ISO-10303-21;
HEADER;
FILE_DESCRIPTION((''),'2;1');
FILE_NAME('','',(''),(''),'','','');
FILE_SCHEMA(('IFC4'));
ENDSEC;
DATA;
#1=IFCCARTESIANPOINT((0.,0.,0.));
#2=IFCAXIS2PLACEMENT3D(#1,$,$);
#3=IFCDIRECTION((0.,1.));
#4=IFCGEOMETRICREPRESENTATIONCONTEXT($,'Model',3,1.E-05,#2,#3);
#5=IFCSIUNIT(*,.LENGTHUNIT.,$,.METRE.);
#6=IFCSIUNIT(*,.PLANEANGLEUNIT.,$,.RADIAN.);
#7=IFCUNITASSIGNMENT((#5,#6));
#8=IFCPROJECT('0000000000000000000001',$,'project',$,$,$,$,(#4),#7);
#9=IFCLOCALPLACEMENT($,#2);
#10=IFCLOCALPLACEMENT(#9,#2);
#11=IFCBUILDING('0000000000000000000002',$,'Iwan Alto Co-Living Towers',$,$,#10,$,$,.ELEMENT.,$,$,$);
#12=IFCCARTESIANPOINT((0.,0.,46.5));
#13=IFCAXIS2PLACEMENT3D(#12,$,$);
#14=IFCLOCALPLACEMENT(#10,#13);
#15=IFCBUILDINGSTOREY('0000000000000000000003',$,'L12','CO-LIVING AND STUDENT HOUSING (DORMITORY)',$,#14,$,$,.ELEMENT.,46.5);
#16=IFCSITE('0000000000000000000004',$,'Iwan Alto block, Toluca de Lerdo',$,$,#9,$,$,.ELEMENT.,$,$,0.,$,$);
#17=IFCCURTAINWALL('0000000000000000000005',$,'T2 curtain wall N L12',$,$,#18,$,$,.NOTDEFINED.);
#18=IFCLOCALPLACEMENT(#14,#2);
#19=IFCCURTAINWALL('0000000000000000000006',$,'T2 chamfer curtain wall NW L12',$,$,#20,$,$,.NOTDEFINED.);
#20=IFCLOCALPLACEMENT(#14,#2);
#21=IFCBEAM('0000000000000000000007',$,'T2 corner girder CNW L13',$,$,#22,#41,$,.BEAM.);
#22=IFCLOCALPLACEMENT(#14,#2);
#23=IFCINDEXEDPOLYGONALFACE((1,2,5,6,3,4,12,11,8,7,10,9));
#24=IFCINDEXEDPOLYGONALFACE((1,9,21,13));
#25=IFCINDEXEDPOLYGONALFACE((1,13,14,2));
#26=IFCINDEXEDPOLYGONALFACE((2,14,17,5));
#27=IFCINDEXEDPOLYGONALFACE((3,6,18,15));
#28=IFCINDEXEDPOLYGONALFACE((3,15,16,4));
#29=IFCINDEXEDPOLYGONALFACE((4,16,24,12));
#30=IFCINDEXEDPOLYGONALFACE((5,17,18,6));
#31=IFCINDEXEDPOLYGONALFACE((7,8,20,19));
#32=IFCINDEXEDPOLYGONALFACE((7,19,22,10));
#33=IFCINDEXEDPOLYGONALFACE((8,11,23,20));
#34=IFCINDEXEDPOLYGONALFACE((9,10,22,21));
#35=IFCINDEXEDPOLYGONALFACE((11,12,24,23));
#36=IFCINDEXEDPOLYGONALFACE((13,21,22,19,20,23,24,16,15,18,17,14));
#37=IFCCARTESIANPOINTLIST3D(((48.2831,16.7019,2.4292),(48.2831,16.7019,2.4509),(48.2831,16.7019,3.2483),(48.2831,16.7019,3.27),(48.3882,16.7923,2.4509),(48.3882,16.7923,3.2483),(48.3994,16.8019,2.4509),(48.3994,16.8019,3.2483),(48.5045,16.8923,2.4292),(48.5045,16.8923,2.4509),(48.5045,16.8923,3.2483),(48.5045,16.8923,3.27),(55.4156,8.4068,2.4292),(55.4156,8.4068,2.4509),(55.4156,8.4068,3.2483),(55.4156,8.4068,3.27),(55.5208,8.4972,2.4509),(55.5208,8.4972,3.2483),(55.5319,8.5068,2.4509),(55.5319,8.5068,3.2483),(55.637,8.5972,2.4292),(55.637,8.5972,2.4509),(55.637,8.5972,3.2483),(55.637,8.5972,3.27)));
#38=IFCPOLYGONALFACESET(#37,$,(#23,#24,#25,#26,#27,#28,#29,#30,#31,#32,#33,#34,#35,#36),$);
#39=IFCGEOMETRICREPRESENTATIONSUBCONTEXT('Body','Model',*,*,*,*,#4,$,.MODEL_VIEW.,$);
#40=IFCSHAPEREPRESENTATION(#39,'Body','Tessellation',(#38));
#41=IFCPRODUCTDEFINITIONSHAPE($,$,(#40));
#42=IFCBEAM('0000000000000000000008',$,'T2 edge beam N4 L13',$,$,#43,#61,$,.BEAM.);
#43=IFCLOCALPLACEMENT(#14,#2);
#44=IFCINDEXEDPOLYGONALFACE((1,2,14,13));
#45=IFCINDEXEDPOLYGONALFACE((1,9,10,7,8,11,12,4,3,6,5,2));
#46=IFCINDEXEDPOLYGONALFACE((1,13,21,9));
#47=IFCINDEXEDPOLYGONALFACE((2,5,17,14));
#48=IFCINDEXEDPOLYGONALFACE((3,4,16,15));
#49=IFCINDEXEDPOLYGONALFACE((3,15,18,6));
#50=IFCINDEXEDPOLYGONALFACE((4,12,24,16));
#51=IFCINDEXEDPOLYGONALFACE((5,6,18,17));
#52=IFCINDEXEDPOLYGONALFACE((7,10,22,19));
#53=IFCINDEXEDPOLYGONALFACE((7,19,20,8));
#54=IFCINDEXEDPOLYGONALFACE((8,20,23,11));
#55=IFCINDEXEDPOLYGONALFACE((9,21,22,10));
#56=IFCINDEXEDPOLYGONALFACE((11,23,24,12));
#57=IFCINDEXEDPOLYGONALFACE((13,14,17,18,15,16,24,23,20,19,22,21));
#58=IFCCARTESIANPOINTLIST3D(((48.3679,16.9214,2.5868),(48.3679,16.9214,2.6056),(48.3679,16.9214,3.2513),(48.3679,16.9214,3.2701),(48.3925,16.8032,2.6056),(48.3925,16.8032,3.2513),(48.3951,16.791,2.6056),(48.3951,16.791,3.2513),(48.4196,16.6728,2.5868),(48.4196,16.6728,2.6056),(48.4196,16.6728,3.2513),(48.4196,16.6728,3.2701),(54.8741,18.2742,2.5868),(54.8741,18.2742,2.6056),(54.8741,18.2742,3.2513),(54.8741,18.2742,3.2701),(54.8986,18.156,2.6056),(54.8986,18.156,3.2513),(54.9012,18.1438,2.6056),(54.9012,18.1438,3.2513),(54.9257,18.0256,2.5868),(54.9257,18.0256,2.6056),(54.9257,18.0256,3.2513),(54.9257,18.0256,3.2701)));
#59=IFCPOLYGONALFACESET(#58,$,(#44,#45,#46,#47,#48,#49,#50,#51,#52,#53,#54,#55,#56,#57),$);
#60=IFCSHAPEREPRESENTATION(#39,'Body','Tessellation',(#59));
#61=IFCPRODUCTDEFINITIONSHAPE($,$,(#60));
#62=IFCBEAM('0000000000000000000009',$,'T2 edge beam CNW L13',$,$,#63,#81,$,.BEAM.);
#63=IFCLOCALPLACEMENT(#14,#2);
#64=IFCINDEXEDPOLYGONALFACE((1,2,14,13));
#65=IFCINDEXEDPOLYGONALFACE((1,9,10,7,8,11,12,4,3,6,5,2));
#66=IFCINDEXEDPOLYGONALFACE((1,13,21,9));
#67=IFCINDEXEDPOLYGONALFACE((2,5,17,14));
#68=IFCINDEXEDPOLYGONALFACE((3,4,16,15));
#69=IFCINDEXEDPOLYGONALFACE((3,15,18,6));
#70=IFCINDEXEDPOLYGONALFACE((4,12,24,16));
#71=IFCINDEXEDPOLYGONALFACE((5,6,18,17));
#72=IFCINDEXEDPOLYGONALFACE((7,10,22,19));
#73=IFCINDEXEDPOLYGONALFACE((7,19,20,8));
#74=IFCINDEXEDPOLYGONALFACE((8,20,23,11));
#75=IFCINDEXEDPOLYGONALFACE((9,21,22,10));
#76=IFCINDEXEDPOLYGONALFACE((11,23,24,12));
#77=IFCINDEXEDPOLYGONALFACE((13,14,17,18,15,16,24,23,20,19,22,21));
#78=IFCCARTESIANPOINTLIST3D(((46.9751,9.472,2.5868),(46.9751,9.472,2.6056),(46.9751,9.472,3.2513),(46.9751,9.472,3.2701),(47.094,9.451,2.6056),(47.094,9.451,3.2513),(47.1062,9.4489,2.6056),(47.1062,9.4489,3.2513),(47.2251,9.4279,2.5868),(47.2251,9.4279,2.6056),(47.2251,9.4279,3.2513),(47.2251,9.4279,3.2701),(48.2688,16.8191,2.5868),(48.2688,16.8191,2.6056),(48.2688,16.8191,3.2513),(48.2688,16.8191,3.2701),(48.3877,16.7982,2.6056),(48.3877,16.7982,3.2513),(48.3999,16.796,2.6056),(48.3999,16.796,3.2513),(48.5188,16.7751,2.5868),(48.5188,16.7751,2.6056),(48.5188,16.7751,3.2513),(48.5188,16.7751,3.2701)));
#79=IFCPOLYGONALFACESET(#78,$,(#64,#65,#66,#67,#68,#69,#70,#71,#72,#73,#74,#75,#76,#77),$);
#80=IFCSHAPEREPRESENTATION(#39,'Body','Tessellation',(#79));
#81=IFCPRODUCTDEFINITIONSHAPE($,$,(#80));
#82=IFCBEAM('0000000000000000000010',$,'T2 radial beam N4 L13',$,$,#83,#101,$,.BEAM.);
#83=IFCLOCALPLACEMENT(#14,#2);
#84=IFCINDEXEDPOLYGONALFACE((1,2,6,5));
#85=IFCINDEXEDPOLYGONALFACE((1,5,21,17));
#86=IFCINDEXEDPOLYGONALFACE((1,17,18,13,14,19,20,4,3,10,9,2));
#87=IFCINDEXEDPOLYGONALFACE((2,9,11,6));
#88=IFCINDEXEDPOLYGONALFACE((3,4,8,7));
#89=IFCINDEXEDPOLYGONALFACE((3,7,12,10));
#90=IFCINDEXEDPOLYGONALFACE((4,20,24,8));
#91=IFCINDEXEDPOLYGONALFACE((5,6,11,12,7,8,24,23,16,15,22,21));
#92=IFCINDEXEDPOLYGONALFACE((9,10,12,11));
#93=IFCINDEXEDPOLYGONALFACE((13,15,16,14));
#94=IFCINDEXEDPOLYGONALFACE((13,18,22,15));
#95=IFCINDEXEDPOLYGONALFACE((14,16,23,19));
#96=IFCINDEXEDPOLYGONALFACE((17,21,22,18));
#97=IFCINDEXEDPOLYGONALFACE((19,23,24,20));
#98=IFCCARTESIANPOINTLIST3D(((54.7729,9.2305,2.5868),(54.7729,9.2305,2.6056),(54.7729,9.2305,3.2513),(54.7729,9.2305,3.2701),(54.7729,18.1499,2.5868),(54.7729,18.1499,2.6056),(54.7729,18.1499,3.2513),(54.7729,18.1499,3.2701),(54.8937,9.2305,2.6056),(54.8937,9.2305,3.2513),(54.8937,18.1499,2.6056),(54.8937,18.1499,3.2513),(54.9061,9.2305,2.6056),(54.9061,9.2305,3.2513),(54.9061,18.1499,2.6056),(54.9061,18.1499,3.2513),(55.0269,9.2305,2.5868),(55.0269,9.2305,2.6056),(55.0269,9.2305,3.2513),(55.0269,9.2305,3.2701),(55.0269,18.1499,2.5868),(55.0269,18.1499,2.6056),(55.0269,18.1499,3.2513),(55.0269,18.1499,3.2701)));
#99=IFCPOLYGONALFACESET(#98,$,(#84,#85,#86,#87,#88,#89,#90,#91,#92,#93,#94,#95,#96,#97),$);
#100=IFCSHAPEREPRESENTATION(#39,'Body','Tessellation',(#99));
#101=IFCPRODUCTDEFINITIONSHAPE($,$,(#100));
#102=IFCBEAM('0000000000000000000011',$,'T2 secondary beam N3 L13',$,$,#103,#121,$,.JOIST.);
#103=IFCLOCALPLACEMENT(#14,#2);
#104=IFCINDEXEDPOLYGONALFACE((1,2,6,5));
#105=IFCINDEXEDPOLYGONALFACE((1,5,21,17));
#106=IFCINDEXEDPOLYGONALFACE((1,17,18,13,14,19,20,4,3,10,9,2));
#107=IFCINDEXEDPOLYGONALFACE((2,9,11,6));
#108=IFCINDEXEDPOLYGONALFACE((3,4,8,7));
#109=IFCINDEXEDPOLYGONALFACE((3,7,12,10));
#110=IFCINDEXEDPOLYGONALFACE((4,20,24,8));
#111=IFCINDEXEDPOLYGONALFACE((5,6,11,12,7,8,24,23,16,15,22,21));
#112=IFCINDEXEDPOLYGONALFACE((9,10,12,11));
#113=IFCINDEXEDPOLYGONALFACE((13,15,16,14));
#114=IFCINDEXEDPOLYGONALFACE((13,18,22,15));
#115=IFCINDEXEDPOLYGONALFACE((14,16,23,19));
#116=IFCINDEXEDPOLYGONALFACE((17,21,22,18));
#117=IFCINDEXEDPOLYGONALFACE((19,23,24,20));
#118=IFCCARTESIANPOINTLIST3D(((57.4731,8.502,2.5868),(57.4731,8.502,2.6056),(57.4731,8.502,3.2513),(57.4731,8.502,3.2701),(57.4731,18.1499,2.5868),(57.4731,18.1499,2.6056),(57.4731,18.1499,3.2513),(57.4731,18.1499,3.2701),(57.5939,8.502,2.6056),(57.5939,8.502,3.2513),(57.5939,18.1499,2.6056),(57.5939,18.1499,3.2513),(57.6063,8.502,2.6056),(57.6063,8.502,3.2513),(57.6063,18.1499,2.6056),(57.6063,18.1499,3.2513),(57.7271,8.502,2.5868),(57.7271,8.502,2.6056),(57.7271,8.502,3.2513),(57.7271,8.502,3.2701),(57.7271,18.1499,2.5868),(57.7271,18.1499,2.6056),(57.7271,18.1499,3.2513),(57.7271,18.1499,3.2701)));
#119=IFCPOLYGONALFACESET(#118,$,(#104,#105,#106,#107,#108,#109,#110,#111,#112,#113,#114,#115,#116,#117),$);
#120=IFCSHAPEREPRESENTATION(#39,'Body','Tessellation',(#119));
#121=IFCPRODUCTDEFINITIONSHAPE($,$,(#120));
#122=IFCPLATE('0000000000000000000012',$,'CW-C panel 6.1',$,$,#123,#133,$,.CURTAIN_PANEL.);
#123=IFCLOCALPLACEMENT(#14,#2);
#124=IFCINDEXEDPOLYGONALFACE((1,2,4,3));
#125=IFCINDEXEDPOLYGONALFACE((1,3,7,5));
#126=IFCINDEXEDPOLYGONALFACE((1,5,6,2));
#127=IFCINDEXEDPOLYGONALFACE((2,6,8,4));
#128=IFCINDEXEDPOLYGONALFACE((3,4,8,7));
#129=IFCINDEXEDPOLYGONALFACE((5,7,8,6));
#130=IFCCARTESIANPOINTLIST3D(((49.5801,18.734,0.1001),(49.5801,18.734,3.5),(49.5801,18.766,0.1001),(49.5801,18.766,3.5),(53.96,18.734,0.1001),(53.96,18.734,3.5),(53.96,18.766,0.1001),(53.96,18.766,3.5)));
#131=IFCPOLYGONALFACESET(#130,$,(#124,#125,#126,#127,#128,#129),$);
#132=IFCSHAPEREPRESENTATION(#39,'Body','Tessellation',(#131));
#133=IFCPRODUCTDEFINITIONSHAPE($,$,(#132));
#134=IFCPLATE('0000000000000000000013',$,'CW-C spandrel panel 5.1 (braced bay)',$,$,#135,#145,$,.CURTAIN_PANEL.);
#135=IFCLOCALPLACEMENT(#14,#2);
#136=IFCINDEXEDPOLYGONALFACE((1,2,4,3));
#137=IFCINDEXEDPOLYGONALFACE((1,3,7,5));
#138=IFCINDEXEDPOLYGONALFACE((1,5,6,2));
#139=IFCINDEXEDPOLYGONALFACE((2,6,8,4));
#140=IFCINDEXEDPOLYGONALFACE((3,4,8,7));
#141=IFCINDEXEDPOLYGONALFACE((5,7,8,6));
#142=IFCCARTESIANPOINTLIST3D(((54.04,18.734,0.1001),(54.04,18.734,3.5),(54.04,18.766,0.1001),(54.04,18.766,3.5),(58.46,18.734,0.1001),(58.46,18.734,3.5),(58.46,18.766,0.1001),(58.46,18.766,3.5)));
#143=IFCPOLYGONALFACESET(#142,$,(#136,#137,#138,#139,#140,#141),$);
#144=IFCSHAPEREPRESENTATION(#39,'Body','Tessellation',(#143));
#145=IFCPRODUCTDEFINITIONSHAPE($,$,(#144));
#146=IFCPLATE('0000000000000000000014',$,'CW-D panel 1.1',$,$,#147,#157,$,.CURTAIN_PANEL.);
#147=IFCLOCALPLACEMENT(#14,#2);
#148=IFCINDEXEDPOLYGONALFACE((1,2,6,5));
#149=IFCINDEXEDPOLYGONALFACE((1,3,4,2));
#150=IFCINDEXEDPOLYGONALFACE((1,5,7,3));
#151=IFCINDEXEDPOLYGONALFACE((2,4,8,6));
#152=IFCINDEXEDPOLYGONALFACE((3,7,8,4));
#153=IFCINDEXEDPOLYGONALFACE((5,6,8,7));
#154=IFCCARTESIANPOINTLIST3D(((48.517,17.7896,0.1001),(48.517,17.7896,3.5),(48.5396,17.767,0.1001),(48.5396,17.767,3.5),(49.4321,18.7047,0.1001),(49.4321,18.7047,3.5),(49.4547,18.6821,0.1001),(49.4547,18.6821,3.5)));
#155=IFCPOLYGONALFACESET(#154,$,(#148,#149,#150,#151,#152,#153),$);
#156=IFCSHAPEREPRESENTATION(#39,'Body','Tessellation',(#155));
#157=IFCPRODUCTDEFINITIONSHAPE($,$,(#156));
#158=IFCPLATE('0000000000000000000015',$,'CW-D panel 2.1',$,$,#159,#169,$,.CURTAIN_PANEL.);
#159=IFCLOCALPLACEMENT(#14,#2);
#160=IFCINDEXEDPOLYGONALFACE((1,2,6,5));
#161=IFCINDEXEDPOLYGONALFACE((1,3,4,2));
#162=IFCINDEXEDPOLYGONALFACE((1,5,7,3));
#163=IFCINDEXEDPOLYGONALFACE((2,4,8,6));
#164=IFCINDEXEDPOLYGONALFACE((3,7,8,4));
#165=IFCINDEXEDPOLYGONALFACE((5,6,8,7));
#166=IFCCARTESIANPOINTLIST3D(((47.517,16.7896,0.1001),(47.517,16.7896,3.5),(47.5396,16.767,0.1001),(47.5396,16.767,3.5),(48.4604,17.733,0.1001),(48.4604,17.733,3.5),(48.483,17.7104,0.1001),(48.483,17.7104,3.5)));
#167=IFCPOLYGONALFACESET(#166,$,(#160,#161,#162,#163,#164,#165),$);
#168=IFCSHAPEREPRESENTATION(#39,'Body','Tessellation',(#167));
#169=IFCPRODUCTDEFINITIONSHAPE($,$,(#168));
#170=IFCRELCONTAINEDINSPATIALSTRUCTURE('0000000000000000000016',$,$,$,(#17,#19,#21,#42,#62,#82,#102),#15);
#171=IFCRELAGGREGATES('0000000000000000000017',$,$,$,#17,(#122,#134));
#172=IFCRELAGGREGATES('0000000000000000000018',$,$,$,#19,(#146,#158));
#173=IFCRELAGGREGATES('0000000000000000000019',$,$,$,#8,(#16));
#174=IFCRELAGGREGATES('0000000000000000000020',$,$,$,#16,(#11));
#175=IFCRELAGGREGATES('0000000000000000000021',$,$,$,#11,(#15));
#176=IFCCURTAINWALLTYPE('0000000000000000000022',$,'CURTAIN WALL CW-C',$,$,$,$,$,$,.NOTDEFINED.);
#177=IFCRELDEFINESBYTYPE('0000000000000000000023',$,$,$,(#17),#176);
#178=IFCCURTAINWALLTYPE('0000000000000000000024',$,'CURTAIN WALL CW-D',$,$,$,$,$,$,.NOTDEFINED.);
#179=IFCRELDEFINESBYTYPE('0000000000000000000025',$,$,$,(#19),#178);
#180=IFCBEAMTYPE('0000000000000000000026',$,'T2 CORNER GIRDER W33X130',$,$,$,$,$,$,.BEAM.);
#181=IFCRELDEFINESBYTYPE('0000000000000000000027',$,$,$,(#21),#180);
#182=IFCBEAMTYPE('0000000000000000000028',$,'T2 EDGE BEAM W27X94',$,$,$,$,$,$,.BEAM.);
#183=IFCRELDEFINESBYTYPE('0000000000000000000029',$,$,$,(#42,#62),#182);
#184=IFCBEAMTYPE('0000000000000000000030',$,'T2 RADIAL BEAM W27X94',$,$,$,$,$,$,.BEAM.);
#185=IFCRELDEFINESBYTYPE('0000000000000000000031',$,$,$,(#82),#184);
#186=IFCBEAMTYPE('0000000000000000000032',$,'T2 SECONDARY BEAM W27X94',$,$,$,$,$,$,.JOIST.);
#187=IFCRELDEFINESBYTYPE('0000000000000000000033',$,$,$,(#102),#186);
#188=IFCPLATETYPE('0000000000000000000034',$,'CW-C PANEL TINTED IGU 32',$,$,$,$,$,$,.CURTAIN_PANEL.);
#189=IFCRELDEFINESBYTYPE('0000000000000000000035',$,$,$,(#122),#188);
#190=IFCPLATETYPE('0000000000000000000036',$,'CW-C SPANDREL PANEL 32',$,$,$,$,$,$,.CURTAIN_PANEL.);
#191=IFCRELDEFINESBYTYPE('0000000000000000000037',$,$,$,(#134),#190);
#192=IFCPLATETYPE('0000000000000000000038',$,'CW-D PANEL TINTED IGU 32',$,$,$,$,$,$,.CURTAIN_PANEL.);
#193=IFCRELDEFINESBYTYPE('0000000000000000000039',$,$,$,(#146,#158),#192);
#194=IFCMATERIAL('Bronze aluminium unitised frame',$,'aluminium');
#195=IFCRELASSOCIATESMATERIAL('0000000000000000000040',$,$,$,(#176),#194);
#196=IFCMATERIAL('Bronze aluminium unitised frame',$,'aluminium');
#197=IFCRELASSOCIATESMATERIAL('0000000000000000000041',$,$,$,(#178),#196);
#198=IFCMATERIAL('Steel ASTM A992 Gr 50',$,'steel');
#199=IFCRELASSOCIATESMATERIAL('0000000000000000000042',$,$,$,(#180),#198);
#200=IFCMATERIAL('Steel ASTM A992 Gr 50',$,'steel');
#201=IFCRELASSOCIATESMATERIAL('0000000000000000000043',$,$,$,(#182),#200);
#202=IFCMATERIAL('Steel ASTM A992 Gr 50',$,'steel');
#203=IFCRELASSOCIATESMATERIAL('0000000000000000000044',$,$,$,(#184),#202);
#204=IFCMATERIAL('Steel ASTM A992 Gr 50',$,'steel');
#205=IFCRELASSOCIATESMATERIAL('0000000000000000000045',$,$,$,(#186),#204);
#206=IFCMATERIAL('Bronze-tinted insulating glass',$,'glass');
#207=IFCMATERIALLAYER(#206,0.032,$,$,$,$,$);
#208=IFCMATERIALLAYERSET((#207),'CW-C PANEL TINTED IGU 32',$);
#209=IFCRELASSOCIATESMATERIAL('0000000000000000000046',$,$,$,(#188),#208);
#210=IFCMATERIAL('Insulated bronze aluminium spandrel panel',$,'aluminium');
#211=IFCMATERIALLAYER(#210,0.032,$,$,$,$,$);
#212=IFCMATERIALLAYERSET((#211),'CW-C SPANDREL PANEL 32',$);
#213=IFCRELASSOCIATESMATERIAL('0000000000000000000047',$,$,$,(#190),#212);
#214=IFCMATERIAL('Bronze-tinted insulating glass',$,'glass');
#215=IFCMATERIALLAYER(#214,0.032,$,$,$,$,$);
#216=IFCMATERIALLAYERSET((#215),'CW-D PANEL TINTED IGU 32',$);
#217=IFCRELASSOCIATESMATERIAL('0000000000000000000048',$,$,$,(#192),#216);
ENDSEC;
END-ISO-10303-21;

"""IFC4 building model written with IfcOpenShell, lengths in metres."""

from ifc_helpers import new_model, si_unit, direction, frame, origin, origin_2d, place, context, subcontext, project, spatial, rectangle, i_section, extrude, material, layer, layer_set, material_profile, profile_set, type_object, element, aggregate, save


model = new_model("IFC4")

# Units and contexts
model_context = context("Model", 3, precision=1e-05, world=origin(), true_north=direction((0.0, 1.0)))
body_context = subcontext(model_context, "Body", "Model", "MODEL_VIEW")
ifc_project = project(units=[si_unit("LENGTHUNIT", "METRE"), si_unit("PLANEANGLEUNIT", "RADIAN")], contexts=[model_context])

# Site, building, storey
site_placement = place(None, origin())
site = spatial("IfcSite", under=ifc_project, at=site_placement, Name="Iwan Alto block, Toluca de Lerdo", CompositionType="ELEMENT", RefElevation=0.0)
building_placement = place(site_placement, origin())
building = spatial("IfcBuilding", under=site, at=building_placement, Name="Iwan Alto Co-Living Towers", CompositionType="ELEMENT")
storey_placement = place(building_placement, frame((0.0, 0.0, 46.5)))
storey = spatial("IfcBuildingStorey", under=building, at=storey_placement, Name="L12", Description="CO-LIVING AND STUDENT HOUSING (DORMITORY)", CompositionType="ELEMENT", Elevation=46.5)

# Curtain walls
ifc_material_1 = material(Name="Bronze aluminium unitised frame", Category="aluminium")
curtain_wall_type_1 = type_object("IfcCurtainWallType", Name="CURTAIN WALL CW-C", PredefinedType="NOTDEFINED", material=ifc_material_1)
curtain_wall_1_placement = place(storey_placement, origin())
curtain_wall_1 = element("IfcCurtainWall", 1, at=curtain_wall_1_placement, inside=storey, type_object=curtain_wall_type_1, Name="T2 curtain wall N L12", PredefinedType="NOTDEFINED")
ifc_material_2 = material(Name="Bronze aluminium unitised frame", Category="aluminium")
curtain_wall_type_2 = type_object("IfcCurtainWallType", Name="CURTAIN WALL CW-D", PredefinedType="NOTDEFINED", material=ifc_material_2)
curtain_wall_2_placement = place(storey_placement, origin())
curtain_wall_2 = element("IfcCurtainWall", 2, at=curtain_wall_2_placement, inside=storey, type_object=curtain_wall_type_2, Name="T2 chamfer curtain wall NW L12", PredefinedType="NOTDEFINED")

# Beams
ifc_material_3 = material(Name="Steel ASTM A992 Gr 50", Category="steel")
ifc_material_profile_1 = material_profile(ifc_material_3, i_section(OverallWidth=0.292, OverallDepth=0.8408, WebThickness=0.0146, FlangeThickness=0.0217, at=origin_2d()), Name="W33X130")
ifc_profile_set_1 = profile_set([ifc_material_profile_1], Name="Steel ASTM A992 Gr 50")
beam_type_1 = type_object("IfcBeamType", Name="T2 CORNER GIRDER W33X130", PredefinedType="BEAM", material=ifc_profile_set_1)
beam_1_placement = place(storey_placement, frame((48.3938, 16.7971, 2.8496), z_axis=(0.651972, -0.758243, 0.0), x_axis=(0.758243, 0.651972, 0.0)))
element("IfcBeam", 3, at=beam_1_placement, inside=storey, type_object=beam_type_1, Name="T2 corner girder CNW L13", PredefinedType="BEAM", context=body_context, shape_type="SweptSolid", body=[
    extrude(i_section(OverallWidth=0.292, OverallDepth=0.8408, WebThickness=0.0146, FlangeThickness=0.0217, at=origin_2d()), origin(), (0.0, 0.0, 1.0), 10.9399),
])
ifc_material_4 = material(Name="Steel ASTM A992 Gr 50", Category="steel")
ifc_material_profile_2 = material_profile(ifc_material_4, i_section(OverallWidth=0.2539, OverallDepth=0.6833, WebThickness=0.0125, FlangeThickness=0.0188, at=origin_2d()), Name="W27X94")
ifc_profile_set_2 = profile_set([ifc_material_profile_2], Name="Steel ASTM A992 Gr 50")
beam_type_2 = type_object("IfcBeamType", Name="T2 EDGE BEAM W27X94", PredefinedType="BEAM", material=ifc_profile_set_2)
beam_2_placement = place(storey_placement, frame((54.8999, 18.1499, 2.9285), z_axis=(-0.97906, -0.203571, 0.0), x_axis=(0.203571, -0.97906, 0.0)))
element("IfcBeam", 4, at=beam_2_placement, inside=storey, type_object=beam_type_2, Name="T2 edge beam N4 L13", PredefinedType="BEAM", context=body_context, shape_type="SweptSolid", body=[
    extrude(i_section(OverallWidth=0.2539, OverallDepth=0.6833, WebThickness=0.0125, FlangeThickness=0.0188, at=origin_2d()), origin(), (0.0, 0.0, 1.0), 6.6453),
])
beam_3_placement = place(storey_placement, frame((48.3938, 16.7971, 2.9285), z_axis=(-0.173414, -0.984849, 0.0), x_axis=(0.984849, -0.173414, 0.0)))
element("IfcBeam", 5, at=beam_3_placement, inside=storey, type_object=beam_type_2, Name="T2 edge beam CNW L13", PredefinedType="BEAM", context=body_context, shape_type="SweptSolid", body=[
    extrude(i_section(OverallWidth=0.2539, OverallDepth=0.6833, WebThickness=0.0125, FlangeThickness=0.0188, at=origin_2d()), origin(), (0.0, 0.0, 1.0), 7.4602),
])
ifc_material_5 = material(Name="Steel ASTM A992 Gr 50", Category="steel")
ifc_material_profile_3 = material_profile(ifc_material_5, i_section(OverallWidth=0.2539, OverallDepth=0.6833, WebThickness=0.0125, FlangeThickness=0.0188, at=origin_2d()), Name="W27X94")
ifc_profile_set_3 = profile_set([ifc_material_profile_3], Name="Steel ASTM A992 Gr 50")
beam_type_3 = type_object("IfcBeamType", Name="T2 RADIAL BEAM W27X94", PredefinedType="BEAM", material=ifc_profile_set_3)
beam_4_placement = place(storey_placement, frame((54.8999, 18.1499, 2.9285), z_axis=(0.0, -1.0, 0.0), x_axis=(1.0, 0.0, 0.0)))
element("IfcBeam", 6, at=beam_4_placement, inside=storey, type_object=beam_type_3, Name="T2 radial beam N4 L13", PredefinedType="BEAM", context=body_context, shape_type="SweptSolid", body=[
    extrude(i_section(OverallWidth=0.2539, OverallDepth=0.6833, WebThickness=0.0125, FlangeThickness=0.0188, at=origin_2d()), origin(), (0.0, 0.0, 1.0), 8.9194),
])
ifc_material_6 = material(Name="Steel ASTM A992 Gr 50", Category="steel")
ifc_material_profile_4 = material_profile(ifc_material_6, i_section(OverallWidth=0.2539, OverallDepth=0.6833, WebThickness=0.0125, FlangeThickness=0.0188, at=origin_2d()), Name="W27X94")
ifc_profile_set_4 = profile_set([ifc_material_profile_4], Name="Steel ASTM A992 Gr 50")
beam_type_4 = type_object("IfcBeamType", Name="T2 SECONDARY BEAM W27X94", PredefinedType="JOIST", material=ifc_profile_set_4)
beam_5_placement = place(storey_placement, frame((57.6001, 18.1499, 2.9285), z_axis=(0.0, -1.0, 0.0), x_axis=(1.0, 0.0, 0.0)))
element("IfcBeam", 7, at=beam_5_placement, inside=storey, type_object=beam_type_4, Name="T2 secondary beam N3 L13", PredefinedType="JOIST", context=body_context, shape_type="SweptSolid", body=[
    extrude(i_section(OverallWidth=0.2539, OverallDepth=0.6833, WebThickness=0.0125, FlangeThickness=0.0188, at=origin_2d()), origin(), (0.0, 0.0, 1.0), 9.6479),
])

# Plates
ifc_material_7 = material(Name="Bronze-tinted insulating glass", Category="glass")
ifc_layer_1 = layer(ifc_material_7, 0.032)
ifc_layer_set_1 = layer_set([ifc_layer_1], Name="CW-C PANEL TINTED IGU 32")
plate_type_1 = type_object("IfcPlateType", Name="CW-C PANEL TINTED IGU 32", PredefinedType="CURTAIN_PANEL", material=ifc_layer_set_1)
plate_1_placement = place(storey_placement, frame((51.77, 18.75, 0.1001), z_axis=(0.0, 0.0, 1.0), x_axis=(-1.0, 0.0, 0.0)))
plate_1 = element("IfcPlate", 8, at=plate_1_placement, type_object=plate_type_1, Name="CW-C panel 6.1", PredefinedType="CURTAIN_PANEL", context=body_context, shape_type="SweptSolid", body=[
    extrude(rectangle(XDim=4.3799, YDim=0.032, at=origin_2d()), origin(), (0.0, 0.0, 1.0), 3.3999),
])
ifc_material_8 = material(Name="Insulated bronze aluminium spandrel panel", Category="aluminium")
ifc_layer_2 = layer(ifc_material_8, 0.032)
ifc_layer_set_2 = layer_set([ifc_layer_2], Name="CW-C SPANDREL PANEL 32")
plate_type_2 = type_object("IfcPlateType", Name="CW-C SPANDREL PANEL 32", PredefinedType="CURTAIN_PANEL", material=ifc_layer_set_2)
plate_2_placement = place(storey_placement, frame((56.25, 18.75, 0.1001), z_axis=(0.0, 0.0, 1.0), x_axis=(-1.0, 0.0, 0.0)))
plate_2 = element("IfcPlate", 9, at=plate_2_placement, type_object=plate_type_2, Name="CW-C spandrel panel 5.1 (braced bay)", PredefinedType="CURTAIN_PANEL", context=body_context, shape_type="SweptSolid", body=[
    extrude(rectangle(XDim=4.4199, YDim=0.032, at=origin_2d()), origin(), (0.0, 0.0, 1.0), 3.3999),
])
aggregate(curtain_wall_1, [plate_1, plate_2])
ifc_material_9 = material(Name="Bronze-tinted insulating glass", Category="glass")
ifc_layer_3 = layer(ifc_material_9, 0.032)
ifc_layer_set_3 = layer_set([ifc_layer_3], Name="CW-D PANEL TINTED IGU 32")
plate_type_3 = type_object("IfcPlateType", Name="CW-D PANEL TINTED IGU 32", PredefinedType="CURTAIN_PANEL", material=ifc_layer_set_3)
plate_3_placement = place(storey_placement, frame((48.9858, 18.2358, 0.1001), z_axis=(0.0, 0.0, 1.0), x_axis=(-0.707107, -0.707107, 0.0)))
plate_3 = element("IfcPlate", 10, at=plate_3_placement, type_object=plate_type_3, Name="CW-D panel 1.1", PredefinedType="CURTAIN_PANEL", context=body_context, shape_type="SweptSolid", body=[
    extrude(rectangle(XDim=1.2942, YDim=0.032, at=origin_2d()), origin(), (0.0, 0.0, 1.0), 3.3999),
])
plate_4_placement = place(storey_placement, frame((48.0, 17.25, 0.1001), z_axis=(0.0, 0.0, 1.0), x_axis=(-0.707107, -0.707107, 0.0)))
plate_4 = element("IfcPlate", 11, at=plate_4_placement, type_object=plate_type_3, Name="CW-D panel 2.1", PredefinedType="CURTAIN_PANEL", context=body_context, shape_type="SweptSolid", body=[
    extrude(rectangle(XDim=1.3342, YDim=0.032, at=origin_2d()), origin(), (0.0, 0.0, 1.0), 3.3999),
])
aggregate(curtain_wall_2, [plate_3, plate_4])

save(model, "model.ifc")
